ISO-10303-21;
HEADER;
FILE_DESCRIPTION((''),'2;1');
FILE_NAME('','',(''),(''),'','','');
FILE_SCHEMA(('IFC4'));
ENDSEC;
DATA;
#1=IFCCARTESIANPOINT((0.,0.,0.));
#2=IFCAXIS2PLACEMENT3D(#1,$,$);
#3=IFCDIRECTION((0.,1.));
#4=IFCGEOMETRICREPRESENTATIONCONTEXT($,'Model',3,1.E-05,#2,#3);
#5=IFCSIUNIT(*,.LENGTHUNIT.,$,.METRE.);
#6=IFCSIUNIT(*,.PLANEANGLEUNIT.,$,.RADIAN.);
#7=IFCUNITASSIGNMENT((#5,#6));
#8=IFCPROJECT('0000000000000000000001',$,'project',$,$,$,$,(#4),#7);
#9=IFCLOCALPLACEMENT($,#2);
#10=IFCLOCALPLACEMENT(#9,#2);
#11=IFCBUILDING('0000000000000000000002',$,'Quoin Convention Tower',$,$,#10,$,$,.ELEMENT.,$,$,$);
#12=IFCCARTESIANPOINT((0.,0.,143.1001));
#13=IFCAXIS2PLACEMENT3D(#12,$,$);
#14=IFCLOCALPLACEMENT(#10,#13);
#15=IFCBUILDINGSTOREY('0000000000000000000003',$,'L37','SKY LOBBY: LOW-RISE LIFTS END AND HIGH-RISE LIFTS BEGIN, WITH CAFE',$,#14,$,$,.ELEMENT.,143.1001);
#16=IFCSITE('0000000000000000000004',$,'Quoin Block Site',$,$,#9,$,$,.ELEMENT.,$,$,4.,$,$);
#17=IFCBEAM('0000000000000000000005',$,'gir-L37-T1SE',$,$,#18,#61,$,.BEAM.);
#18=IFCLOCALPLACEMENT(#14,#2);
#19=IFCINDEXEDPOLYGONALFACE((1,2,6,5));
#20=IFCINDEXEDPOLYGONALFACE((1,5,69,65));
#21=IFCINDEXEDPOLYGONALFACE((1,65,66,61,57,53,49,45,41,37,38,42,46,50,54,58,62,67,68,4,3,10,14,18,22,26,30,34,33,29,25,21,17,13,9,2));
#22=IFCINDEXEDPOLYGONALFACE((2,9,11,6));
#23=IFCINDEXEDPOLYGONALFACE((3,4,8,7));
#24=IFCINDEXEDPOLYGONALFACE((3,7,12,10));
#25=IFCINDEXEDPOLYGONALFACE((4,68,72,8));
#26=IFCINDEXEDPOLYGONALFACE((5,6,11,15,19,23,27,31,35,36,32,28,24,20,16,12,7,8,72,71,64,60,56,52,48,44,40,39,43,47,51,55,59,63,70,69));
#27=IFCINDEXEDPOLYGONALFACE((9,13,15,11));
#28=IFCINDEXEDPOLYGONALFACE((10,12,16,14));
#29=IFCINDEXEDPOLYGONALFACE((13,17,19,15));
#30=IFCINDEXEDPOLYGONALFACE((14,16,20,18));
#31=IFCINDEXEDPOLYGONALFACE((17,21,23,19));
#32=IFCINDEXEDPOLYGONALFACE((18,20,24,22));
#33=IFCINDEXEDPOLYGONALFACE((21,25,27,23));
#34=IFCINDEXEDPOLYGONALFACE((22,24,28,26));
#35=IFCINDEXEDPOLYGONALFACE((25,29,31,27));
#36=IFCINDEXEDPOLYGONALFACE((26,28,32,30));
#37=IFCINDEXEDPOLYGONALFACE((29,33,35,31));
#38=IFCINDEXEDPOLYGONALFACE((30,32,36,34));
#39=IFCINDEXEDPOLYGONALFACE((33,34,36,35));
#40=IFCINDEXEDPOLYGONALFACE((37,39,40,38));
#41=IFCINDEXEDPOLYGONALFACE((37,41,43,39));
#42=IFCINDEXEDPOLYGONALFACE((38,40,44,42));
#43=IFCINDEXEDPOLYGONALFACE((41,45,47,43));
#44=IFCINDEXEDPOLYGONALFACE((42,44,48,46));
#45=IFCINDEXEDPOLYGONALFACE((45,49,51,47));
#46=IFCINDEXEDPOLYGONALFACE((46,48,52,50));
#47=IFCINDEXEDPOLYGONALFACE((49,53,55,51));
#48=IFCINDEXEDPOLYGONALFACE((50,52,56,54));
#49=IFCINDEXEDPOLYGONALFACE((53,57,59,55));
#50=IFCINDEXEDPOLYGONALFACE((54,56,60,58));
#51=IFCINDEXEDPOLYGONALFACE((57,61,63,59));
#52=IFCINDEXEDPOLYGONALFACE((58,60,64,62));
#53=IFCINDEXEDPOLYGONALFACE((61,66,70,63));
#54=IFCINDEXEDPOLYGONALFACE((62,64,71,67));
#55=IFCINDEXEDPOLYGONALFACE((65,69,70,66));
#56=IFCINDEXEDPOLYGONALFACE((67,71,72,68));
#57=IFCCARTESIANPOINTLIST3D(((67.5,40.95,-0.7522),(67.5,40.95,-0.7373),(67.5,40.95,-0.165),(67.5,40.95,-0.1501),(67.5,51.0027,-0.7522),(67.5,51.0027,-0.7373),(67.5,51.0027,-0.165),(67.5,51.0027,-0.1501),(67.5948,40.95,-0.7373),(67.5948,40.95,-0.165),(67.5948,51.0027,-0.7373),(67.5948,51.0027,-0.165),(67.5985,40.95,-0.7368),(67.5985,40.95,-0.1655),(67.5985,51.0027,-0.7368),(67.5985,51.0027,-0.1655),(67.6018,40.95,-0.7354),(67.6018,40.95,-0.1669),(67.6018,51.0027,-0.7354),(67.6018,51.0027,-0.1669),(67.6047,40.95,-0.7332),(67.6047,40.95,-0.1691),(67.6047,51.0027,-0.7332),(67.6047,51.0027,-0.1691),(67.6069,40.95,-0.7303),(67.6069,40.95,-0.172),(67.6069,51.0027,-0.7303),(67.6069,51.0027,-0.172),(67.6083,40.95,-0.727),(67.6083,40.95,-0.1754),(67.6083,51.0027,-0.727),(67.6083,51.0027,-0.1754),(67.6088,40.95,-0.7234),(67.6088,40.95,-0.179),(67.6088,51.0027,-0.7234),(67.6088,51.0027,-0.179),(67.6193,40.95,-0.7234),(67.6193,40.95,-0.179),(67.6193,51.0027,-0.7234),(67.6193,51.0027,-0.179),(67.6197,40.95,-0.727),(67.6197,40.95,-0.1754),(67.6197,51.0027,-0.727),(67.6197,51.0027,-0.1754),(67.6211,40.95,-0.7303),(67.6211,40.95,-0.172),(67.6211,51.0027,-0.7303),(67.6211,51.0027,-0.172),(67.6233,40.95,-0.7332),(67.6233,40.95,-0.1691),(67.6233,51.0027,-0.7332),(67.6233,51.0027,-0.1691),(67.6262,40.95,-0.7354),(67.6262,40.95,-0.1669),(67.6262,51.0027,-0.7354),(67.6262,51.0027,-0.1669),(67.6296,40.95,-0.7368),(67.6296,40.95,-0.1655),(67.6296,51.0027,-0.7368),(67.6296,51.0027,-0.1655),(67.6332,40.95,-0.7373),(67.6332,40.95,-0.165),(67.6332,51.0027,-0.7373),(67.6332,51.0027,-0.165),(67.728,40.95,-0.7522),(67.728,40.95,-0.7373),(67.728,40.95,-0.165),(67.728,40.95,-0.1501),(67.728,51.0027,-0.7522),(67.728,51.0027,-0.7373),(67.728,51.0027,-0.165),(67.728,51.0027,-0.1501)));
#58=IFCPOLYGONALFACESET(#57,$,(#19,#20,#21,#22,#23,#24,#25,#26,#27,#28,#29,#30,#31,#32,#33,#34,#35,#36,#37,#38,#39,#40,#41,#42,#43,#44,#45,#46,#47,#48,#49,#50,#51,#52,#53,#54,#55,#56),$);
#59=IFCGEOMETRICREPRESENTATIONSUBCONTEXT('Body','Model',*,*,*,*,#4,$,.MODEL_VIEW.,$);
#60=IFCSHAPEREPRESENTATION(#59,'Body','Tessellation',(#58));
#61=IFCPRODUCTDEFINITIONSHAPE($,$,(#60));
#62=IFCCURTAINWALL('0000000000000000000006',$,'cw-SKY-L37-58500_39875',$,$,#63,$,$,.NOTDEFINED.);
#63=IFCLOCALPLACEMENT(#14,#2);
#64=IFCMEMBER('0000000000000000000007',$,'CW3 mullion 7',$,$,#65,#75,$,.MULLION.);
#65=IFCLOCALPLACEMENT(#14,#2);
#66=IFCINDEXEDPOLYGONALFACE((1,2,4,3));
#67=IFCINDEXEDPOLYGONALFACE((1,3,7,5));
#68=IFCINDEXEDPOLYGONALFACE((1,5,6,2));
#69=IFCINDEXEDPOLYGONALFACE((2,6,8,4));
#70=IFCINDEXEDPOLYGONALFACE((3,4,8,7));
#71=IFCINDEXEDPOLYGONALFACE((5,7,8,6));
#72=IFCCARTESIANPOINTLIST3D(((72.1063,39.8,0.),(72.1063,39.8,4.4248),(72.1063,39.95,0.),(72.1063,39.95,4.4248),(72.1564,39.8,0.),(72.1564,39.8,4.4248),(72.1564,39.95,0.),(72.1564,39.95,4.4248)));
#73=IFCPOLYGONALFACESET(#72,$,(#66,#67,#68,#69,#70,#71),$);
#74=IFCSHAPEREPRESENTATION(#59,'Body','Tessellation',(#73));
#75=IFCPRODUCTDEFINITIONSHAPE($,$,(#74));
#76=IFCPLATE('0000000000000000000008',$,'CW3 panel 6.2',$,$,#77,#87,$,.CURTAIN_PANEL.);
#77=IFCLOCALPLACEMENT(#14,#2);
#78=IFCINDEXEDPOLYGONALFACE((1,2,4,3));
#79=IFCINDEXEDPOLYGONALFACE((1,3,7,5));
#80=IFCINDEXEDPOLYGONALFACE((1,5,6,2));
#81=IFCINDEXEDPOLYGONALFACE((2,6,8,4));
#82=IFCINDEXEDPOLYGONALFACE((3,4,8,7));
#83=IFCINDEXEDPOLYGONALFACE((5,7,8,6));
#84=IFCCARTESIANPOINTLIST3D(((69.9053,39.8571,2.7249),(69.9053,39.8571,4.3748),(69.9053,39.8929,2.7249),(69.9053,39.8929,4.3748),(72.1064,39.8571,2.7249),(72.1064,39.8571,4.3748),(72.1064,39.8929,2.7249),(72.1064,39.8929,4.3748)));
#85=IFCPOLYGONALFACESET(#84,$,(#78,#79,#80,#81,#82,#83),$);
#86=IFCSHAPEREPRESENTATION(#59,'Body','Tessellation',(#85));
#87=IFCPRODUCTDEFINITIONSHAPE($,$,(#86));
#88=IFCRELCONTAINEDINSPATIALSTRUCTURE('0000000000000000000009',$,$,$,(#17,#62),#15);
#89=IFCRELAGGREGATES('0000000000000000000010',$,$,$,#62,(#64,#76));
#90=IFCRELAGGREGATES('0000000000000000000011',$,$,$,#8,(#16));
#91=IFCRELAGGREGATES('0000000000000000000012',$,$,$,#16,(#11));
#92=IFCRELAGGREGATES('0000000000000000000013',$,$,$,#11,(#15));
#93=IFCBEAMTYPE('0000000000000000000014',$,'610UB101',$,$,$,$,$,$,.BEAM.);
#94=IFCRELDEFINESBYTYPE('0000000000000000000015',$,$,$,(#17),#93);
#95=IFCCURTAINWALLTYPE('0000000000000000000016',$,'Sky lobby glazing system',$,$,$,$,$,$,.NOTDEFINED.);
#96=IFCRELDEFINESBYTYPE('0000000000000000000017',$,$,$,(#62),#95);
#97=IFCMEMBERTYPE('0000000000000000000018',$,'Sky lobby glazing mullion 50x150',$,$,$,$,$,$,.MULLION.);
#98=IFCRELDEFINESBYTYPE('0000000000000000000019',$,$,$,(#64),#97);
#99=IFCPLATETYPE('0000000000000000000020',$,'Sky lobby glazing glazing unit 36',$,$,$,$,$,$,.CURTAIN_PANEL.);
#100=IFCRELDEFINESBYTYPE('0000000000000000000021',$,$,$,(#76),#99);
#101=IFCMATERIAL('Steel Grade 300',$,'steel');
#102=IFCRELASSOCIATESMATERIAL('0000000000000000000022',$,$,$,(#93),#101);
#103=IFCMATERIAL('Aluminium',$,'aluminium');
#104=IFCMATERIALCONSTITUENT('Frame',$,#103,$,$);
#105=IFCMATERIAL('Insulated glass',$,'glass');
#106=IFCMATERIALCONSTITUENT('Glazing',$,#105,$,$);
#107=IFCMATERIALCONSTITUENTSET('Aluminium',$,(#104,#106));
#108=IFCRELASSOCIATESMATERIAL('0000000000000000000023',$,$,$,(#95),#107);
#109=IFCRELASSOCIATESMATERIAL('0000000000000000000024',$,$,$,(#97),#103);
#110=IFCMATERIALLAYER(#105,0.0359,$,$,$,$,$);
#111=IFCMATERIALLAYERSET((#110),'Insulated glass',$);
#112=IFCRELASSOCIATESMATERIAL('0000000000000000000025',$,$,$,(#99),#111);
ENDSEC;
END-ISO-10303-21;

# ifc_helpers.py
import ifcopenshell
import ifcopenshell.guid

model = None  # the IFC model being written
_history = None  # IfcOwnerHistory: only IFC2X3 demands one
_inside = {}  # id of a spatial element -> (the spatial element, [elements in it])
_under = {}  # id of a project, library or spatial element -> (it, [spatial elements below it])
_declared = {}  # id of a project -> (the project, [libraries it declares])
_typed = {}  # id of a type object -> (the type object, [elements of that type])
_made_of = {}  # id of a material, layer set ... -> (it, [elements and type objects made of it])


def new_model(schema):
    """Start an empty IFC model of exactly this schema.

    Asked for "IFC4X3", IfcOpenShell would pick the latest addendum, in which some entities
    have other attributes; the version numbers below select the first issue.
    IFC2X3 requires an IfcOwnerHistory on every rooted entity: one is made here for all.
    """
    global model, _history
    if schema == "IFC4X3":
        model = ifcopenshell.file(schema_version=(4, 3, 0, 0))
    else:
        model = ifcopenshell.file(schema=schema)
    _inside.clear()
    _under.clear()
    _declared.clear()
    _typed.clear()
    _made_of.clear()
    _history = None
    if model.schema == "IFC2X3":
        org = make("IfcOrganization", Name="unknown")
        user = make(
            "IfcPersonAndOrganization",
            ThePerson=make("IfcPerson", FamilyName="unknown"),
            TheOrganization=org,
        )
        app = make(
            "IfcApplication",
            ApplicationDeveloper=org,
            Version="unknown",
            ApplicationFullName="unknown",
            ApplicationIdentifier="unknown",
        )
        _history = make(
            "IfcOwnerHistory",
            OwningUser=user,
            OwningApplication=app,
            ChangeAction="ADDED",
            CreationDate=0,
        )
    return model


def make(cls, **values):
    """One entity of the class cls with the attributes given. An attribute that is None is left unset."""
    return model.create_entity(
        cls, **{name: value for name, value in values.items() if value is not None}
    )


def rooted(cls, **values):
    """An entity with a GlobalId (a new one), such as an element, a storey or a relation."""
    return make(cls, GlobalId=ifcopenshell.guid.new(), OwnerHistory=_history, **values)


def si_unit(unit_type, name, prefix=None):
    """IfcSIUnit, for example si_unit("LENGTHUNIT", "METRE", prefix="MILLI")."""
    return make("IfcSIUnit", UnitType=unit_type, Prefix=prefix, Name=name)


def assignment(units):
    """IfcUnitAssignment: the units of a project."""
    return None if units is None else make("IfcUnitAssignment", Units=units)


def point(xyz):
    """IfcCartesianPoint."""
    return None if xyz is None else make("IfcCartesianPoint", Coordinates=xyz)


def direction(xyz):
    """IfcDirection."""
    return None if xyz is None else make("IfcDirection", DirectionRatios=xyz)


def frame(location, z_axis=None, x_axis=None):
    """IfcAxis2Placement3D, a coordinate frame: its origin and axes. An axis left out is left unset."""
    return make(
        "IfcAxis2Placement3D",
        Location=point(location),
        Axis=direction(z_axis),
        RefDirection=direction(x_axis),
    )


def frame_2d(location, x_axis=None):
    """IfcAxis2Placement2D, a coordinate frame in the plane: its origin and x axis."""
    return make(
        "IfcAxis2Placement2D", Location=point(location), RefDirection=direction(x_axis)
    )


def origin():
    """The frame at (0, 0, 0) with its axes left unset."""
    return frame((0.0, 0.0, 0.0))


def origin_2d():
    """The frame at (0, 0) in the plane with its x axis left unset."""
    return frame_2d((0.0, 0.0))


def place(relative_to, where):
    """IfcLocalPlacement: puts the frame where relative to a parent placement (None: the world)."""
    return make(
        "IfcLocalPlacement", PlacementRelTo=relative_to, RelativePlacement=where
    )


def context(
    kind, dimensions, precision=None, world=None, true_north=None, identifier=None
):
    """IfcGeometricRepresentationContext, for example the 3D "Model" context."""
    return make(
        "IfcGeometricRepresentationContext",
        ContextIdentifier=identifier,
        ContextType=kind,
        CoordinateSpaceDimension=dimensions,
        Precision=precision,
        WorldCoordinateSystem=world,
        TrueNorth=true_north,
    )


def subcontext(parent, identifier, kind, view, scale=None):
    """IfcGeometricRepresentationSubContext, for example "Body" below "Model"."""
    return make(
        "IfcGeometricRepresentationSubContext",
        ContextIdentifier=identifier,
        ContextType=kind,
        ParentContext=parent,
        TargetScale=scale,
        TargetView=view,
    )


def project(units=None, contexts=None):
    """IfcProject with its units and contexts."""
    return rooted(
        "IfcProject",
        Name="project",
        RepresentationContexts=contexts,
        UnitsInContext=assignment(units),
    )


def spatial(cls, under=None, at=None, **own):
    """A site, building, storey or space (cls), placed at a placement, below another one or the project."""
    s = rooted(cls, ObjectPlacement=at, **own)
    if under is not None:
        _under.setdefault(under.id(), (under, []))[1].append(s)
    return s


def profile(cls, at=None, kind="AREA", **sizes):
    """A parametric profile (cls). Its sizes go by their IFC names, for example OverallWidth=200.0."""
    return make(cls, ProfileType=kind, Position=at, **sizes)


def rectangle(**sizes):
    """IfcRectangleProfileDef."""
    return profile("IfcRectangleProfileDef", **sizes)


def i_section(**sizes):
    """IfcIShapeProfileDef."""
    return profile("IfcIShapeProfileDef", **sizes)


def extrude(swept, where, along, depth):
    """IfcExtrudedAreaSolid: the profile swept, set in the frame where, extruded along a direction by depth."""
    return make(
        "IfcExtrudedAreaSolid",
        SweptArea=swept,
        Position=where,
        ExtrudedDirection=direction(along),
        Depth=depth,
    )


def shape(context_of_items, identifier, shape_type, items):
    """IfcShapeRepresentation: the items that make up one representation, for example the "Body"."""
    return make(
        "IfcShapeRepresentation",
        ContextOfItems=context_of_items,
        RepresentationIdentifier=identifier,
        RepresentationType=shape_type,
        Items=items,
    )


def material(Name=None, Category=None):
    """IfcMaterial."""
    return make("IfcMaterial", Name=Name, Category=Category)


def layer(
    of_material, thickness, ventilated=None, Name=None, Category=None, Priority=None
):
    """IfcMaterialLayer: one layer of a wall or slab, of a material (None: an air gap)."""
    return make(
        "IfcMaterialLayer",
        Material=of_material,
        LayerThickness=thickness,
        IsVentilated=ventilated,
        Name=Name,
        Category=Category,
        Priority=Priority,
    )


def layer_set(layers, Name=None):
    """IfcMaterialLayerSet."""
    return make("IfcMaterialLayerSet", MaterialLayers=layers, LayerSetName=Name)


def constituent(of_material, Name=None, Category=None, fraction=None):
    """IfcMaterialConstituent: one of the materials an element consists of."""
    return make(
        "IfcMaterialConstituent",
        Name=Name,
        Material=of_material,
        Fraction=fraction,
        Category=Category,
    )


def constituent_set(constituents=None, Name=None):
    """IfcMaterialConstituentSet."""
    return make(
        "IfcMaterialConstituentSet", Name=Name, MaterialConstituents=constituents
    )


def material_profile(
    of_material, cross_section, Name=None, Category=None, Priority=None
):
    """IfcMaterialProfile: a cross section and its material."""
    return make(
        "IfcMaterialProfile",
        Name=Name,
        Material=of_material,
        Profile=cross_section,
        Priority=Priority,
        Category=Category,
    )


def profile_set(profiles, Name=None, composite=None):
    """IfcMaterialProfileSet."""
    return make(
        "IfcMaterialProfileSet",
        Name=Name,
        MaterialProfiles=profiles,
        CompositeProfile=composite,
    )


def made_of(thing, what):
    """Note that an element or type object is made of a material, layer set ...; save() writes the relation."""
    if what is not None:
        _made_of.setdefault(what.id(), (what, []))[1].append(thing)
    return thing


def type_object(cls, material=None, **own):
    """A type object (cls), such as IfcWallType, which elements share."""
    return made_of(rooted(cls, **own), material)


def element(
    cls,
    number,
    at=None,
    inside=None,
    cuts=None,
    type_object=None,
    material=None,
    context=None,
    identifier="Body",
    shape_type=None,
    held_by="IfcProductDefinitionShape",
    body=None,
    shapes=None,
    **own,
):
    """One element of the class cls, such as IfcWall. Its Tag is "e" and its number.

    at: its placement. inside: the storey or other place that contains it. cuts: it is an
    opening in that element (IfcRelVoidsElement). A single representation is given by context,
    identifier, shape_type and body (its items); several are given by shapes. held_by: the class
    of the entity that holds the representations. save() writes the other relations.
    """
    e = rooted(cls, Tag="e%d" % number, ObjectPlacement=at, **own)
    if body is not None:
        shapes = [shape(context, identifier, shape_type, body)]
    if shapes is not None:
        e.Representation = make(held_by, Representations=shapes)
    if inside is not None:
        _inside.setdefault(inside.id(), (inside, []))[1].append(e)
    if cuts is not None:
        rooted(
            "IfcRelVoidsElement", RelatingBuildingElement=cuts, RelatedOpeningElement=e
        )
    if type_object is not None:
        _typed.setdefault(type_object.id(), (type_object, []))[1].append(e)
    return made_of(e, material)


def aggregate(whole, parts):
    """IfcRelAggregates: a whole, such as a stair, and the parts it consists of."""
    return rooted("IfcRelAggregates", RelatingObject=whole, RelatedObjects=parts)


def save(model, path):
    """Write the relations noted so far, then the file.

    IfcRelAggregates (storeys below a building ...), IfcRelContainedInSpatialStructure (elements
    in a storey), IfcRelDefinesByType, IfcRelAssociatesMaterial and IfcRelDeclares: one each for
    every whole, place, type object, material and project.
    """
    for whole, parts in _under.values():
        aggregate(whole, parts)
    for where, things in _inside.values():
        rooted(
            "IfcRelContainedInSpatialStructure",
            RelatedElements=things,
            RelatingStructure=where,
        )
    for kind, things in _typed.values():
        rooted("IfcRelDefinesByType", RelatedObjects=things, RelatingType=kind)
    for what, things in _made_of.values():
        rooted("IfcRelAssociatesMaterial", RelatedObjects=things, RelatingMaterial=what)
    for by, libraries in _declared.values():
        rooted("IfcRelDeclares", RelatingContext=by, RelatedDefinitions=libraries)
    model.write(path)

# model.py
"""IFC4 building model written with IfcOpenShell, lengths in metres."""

from ifc_helpers import new_model, si_unit, direction, frame, origin, origin_2d, place, context, subcontext, project, spatial, rectangle, i_section, extrude, material, layer, layer_set, constituent, constituent_set, material_profile, profile_set, type_object, element, aggregate, save


model = new_model("IFC4")

# Units and contexts
model_context = context("Model", 3, precision=1e-05, world=origin(), true_north=direction((0.0, 1.0)))
body_context = subcontext(model_context, "Body", "Model", "MODEL_VIEW")
ifc_project = project(units=[si_unit("LENGTHUNIT", "METRE"), si_unit("PLANEANGLEUNIT", "RADIAN")], contexts=[model_context])

# Site, building, storey
site_placement = place(None, origin())
site = spatial("IfcSite", under=ifc_project, at=site_placement, Name="Quoin Block Site", CompositionType="ELEMENT", RefElevation=4.0)
building_placement = place(site_placement, origin())
building = spatial("IfcBuilding", under=site, at=building_placement, Name="Quoin Convention Tower", CompositionType="ELEMENT")
storey_placement = place(building_placement, frame((0.0, 0.0, 143.1001)))
storey = spatial("IfcBuildingStorey", under=building, at=storey_placement, Name="L37", Description="SKY LOBBY: LOW-RISE LIFTS END AND HIGH-RISE LIFTS BEGIN, WITH CAFE", CompositionType="ELEMENT", Elevation=143.1001)

# Beam
ifc_material_1 = material(Name="Steel Grade 300", Category="steel")
ifc_material_profile_1 = material_profile(ifc_material_1, i_section(OverallWidth=0.228, OverallDepth=0.6021, WebThickness=0.0105, FlangeThickness=0.0149, FilletRadius=0.0139, at=origin_2d()), Name="610UB101")
ifc_profile_set_1 = profile_set([ifc_material_profile_1], Name="Steel Grade 300")
beam_type_1 = type_object("IfcBeamType", Name="610UB101", PredefinedType="BEAM", material=ifc_profile_set_1)
beam_1_placement = place(storey_placement, frame((67.614, 40.95, -0.4512), z_axis=(0.0, 1.0, 0.0), x_axis=(-1.0, 0.0, 0.0)))
element("IfcBeam", 1, at=beam_1_placement, inside=storey, type_object=beam_type_1, Name="gir-L37-T1SE", PredefinedType="BEAM", context=body_context, shape_type="SweptSolid", body=[
    extrude(i_section(OverallWidth=0.228, OverallDepth=0.6021, WebThickness=0.0105, FlangeThickness=0.0149, FilletRadius=0.0139, at=origin_2d()), origin(), (0.0, 0.0, 1.0), 10.0527),
])

# Curtain wall, member, plate
ifc_material_2 = material(Name="Aluminium", Category="aluminium")
ifc_constituent_1 = constituent(ifc_material_2, Name="Frame")
ifc_material_3 = material(Name="Insulated glass", Category="glass")
ifc_constituent_2 = constituent(ifc_material_3, Name="Glazing")
ifc_constituent_set_1 = constituent_set(constituents=[ifc_constituent_1, ifc_constituent_2], Name="Aluminium")
curtain_wall_type = type_object("IfcCurtainWallType", Name="Sky lobby glazing system", PredefinedType="NOTDEFINED", material=ifc_constituent_set_1)
curtain_wall_placement = place(storey_placement, origin())
curtain_wall = element("IfcCurtainWall", 2, at=curtain_wall_placement, inside=storey, type_object=curtain_wall_type, Name="cw-SKY-L37-58500_39875", PredefinedType="NOTDEFINED")
ifc_material_profile_2 = material_profile(ifc_material_2, rectangle(XDim=0.1499, YDim=0.05, at=origin_2d()), Name="Sky lobby glazing mullion 50x150")
ifc_profile_set_2 = profile_set([ifc_material_profile_2], Name="Aluminium")
member_type = type_object("IfcMemberType", Name="Sky lobby glazing mullion 50x150", PredefinedType="MULLION", material=ifc_profile_set_2)
member_placement = place(storey_placement, frame((72.1313, 39.875, 0.0), z_axis=(0.0, 0.0, 1.0), x_axis=(0.0, 1.0, 0.0)))
member = element("IfcMember", 3, at=member_placement, type_object=member_type, Name="CW3 mullion 7", PredefinedType="MULLION", context=body_context, shape_type="SweptSolid", body=[
    extrude(rectangle(XDim=0.1499, YDim=0.05, at=origin_2d()), origin(), (0.0, 0.0, 1.0), 4.4248),
])
ifc_layer_1 = layer(ifc_material_3, 0.0359)
ifc_layer_set_1 = layer_set([ifc_layer_1], Name="Insulated glass")
plate_type = type_object("IfcPlateType", Name="Sky lobby glazing glazing unit 36", PredefinedType="CURTAIN_PANEL", material=ifc_layer_set_1)
plate_placement = place(storey_placement, frame((71.0059, 39.875, 2.7249), z_axis=(0.0, 0.0, 1.0), x_axis=(1.0, 0.0, 0.0)))
plate = element("IfcPlate", 4, at=plate_placement, type_object=plate_type, Name="CW3 panel 6.2", PredefinedType="CURTAIN_PANEL", context=body_context, shape_type="SweptSolid", body=[
    extrude(rectangle(XDim=2.2012, YDim=0.0359, at=origin_2d()), origin(), (0.0, 0.0, 1.0), 1.6499),
])
aggregate(curtain_wall, [member, plate])

save(model, "model.ifc")
